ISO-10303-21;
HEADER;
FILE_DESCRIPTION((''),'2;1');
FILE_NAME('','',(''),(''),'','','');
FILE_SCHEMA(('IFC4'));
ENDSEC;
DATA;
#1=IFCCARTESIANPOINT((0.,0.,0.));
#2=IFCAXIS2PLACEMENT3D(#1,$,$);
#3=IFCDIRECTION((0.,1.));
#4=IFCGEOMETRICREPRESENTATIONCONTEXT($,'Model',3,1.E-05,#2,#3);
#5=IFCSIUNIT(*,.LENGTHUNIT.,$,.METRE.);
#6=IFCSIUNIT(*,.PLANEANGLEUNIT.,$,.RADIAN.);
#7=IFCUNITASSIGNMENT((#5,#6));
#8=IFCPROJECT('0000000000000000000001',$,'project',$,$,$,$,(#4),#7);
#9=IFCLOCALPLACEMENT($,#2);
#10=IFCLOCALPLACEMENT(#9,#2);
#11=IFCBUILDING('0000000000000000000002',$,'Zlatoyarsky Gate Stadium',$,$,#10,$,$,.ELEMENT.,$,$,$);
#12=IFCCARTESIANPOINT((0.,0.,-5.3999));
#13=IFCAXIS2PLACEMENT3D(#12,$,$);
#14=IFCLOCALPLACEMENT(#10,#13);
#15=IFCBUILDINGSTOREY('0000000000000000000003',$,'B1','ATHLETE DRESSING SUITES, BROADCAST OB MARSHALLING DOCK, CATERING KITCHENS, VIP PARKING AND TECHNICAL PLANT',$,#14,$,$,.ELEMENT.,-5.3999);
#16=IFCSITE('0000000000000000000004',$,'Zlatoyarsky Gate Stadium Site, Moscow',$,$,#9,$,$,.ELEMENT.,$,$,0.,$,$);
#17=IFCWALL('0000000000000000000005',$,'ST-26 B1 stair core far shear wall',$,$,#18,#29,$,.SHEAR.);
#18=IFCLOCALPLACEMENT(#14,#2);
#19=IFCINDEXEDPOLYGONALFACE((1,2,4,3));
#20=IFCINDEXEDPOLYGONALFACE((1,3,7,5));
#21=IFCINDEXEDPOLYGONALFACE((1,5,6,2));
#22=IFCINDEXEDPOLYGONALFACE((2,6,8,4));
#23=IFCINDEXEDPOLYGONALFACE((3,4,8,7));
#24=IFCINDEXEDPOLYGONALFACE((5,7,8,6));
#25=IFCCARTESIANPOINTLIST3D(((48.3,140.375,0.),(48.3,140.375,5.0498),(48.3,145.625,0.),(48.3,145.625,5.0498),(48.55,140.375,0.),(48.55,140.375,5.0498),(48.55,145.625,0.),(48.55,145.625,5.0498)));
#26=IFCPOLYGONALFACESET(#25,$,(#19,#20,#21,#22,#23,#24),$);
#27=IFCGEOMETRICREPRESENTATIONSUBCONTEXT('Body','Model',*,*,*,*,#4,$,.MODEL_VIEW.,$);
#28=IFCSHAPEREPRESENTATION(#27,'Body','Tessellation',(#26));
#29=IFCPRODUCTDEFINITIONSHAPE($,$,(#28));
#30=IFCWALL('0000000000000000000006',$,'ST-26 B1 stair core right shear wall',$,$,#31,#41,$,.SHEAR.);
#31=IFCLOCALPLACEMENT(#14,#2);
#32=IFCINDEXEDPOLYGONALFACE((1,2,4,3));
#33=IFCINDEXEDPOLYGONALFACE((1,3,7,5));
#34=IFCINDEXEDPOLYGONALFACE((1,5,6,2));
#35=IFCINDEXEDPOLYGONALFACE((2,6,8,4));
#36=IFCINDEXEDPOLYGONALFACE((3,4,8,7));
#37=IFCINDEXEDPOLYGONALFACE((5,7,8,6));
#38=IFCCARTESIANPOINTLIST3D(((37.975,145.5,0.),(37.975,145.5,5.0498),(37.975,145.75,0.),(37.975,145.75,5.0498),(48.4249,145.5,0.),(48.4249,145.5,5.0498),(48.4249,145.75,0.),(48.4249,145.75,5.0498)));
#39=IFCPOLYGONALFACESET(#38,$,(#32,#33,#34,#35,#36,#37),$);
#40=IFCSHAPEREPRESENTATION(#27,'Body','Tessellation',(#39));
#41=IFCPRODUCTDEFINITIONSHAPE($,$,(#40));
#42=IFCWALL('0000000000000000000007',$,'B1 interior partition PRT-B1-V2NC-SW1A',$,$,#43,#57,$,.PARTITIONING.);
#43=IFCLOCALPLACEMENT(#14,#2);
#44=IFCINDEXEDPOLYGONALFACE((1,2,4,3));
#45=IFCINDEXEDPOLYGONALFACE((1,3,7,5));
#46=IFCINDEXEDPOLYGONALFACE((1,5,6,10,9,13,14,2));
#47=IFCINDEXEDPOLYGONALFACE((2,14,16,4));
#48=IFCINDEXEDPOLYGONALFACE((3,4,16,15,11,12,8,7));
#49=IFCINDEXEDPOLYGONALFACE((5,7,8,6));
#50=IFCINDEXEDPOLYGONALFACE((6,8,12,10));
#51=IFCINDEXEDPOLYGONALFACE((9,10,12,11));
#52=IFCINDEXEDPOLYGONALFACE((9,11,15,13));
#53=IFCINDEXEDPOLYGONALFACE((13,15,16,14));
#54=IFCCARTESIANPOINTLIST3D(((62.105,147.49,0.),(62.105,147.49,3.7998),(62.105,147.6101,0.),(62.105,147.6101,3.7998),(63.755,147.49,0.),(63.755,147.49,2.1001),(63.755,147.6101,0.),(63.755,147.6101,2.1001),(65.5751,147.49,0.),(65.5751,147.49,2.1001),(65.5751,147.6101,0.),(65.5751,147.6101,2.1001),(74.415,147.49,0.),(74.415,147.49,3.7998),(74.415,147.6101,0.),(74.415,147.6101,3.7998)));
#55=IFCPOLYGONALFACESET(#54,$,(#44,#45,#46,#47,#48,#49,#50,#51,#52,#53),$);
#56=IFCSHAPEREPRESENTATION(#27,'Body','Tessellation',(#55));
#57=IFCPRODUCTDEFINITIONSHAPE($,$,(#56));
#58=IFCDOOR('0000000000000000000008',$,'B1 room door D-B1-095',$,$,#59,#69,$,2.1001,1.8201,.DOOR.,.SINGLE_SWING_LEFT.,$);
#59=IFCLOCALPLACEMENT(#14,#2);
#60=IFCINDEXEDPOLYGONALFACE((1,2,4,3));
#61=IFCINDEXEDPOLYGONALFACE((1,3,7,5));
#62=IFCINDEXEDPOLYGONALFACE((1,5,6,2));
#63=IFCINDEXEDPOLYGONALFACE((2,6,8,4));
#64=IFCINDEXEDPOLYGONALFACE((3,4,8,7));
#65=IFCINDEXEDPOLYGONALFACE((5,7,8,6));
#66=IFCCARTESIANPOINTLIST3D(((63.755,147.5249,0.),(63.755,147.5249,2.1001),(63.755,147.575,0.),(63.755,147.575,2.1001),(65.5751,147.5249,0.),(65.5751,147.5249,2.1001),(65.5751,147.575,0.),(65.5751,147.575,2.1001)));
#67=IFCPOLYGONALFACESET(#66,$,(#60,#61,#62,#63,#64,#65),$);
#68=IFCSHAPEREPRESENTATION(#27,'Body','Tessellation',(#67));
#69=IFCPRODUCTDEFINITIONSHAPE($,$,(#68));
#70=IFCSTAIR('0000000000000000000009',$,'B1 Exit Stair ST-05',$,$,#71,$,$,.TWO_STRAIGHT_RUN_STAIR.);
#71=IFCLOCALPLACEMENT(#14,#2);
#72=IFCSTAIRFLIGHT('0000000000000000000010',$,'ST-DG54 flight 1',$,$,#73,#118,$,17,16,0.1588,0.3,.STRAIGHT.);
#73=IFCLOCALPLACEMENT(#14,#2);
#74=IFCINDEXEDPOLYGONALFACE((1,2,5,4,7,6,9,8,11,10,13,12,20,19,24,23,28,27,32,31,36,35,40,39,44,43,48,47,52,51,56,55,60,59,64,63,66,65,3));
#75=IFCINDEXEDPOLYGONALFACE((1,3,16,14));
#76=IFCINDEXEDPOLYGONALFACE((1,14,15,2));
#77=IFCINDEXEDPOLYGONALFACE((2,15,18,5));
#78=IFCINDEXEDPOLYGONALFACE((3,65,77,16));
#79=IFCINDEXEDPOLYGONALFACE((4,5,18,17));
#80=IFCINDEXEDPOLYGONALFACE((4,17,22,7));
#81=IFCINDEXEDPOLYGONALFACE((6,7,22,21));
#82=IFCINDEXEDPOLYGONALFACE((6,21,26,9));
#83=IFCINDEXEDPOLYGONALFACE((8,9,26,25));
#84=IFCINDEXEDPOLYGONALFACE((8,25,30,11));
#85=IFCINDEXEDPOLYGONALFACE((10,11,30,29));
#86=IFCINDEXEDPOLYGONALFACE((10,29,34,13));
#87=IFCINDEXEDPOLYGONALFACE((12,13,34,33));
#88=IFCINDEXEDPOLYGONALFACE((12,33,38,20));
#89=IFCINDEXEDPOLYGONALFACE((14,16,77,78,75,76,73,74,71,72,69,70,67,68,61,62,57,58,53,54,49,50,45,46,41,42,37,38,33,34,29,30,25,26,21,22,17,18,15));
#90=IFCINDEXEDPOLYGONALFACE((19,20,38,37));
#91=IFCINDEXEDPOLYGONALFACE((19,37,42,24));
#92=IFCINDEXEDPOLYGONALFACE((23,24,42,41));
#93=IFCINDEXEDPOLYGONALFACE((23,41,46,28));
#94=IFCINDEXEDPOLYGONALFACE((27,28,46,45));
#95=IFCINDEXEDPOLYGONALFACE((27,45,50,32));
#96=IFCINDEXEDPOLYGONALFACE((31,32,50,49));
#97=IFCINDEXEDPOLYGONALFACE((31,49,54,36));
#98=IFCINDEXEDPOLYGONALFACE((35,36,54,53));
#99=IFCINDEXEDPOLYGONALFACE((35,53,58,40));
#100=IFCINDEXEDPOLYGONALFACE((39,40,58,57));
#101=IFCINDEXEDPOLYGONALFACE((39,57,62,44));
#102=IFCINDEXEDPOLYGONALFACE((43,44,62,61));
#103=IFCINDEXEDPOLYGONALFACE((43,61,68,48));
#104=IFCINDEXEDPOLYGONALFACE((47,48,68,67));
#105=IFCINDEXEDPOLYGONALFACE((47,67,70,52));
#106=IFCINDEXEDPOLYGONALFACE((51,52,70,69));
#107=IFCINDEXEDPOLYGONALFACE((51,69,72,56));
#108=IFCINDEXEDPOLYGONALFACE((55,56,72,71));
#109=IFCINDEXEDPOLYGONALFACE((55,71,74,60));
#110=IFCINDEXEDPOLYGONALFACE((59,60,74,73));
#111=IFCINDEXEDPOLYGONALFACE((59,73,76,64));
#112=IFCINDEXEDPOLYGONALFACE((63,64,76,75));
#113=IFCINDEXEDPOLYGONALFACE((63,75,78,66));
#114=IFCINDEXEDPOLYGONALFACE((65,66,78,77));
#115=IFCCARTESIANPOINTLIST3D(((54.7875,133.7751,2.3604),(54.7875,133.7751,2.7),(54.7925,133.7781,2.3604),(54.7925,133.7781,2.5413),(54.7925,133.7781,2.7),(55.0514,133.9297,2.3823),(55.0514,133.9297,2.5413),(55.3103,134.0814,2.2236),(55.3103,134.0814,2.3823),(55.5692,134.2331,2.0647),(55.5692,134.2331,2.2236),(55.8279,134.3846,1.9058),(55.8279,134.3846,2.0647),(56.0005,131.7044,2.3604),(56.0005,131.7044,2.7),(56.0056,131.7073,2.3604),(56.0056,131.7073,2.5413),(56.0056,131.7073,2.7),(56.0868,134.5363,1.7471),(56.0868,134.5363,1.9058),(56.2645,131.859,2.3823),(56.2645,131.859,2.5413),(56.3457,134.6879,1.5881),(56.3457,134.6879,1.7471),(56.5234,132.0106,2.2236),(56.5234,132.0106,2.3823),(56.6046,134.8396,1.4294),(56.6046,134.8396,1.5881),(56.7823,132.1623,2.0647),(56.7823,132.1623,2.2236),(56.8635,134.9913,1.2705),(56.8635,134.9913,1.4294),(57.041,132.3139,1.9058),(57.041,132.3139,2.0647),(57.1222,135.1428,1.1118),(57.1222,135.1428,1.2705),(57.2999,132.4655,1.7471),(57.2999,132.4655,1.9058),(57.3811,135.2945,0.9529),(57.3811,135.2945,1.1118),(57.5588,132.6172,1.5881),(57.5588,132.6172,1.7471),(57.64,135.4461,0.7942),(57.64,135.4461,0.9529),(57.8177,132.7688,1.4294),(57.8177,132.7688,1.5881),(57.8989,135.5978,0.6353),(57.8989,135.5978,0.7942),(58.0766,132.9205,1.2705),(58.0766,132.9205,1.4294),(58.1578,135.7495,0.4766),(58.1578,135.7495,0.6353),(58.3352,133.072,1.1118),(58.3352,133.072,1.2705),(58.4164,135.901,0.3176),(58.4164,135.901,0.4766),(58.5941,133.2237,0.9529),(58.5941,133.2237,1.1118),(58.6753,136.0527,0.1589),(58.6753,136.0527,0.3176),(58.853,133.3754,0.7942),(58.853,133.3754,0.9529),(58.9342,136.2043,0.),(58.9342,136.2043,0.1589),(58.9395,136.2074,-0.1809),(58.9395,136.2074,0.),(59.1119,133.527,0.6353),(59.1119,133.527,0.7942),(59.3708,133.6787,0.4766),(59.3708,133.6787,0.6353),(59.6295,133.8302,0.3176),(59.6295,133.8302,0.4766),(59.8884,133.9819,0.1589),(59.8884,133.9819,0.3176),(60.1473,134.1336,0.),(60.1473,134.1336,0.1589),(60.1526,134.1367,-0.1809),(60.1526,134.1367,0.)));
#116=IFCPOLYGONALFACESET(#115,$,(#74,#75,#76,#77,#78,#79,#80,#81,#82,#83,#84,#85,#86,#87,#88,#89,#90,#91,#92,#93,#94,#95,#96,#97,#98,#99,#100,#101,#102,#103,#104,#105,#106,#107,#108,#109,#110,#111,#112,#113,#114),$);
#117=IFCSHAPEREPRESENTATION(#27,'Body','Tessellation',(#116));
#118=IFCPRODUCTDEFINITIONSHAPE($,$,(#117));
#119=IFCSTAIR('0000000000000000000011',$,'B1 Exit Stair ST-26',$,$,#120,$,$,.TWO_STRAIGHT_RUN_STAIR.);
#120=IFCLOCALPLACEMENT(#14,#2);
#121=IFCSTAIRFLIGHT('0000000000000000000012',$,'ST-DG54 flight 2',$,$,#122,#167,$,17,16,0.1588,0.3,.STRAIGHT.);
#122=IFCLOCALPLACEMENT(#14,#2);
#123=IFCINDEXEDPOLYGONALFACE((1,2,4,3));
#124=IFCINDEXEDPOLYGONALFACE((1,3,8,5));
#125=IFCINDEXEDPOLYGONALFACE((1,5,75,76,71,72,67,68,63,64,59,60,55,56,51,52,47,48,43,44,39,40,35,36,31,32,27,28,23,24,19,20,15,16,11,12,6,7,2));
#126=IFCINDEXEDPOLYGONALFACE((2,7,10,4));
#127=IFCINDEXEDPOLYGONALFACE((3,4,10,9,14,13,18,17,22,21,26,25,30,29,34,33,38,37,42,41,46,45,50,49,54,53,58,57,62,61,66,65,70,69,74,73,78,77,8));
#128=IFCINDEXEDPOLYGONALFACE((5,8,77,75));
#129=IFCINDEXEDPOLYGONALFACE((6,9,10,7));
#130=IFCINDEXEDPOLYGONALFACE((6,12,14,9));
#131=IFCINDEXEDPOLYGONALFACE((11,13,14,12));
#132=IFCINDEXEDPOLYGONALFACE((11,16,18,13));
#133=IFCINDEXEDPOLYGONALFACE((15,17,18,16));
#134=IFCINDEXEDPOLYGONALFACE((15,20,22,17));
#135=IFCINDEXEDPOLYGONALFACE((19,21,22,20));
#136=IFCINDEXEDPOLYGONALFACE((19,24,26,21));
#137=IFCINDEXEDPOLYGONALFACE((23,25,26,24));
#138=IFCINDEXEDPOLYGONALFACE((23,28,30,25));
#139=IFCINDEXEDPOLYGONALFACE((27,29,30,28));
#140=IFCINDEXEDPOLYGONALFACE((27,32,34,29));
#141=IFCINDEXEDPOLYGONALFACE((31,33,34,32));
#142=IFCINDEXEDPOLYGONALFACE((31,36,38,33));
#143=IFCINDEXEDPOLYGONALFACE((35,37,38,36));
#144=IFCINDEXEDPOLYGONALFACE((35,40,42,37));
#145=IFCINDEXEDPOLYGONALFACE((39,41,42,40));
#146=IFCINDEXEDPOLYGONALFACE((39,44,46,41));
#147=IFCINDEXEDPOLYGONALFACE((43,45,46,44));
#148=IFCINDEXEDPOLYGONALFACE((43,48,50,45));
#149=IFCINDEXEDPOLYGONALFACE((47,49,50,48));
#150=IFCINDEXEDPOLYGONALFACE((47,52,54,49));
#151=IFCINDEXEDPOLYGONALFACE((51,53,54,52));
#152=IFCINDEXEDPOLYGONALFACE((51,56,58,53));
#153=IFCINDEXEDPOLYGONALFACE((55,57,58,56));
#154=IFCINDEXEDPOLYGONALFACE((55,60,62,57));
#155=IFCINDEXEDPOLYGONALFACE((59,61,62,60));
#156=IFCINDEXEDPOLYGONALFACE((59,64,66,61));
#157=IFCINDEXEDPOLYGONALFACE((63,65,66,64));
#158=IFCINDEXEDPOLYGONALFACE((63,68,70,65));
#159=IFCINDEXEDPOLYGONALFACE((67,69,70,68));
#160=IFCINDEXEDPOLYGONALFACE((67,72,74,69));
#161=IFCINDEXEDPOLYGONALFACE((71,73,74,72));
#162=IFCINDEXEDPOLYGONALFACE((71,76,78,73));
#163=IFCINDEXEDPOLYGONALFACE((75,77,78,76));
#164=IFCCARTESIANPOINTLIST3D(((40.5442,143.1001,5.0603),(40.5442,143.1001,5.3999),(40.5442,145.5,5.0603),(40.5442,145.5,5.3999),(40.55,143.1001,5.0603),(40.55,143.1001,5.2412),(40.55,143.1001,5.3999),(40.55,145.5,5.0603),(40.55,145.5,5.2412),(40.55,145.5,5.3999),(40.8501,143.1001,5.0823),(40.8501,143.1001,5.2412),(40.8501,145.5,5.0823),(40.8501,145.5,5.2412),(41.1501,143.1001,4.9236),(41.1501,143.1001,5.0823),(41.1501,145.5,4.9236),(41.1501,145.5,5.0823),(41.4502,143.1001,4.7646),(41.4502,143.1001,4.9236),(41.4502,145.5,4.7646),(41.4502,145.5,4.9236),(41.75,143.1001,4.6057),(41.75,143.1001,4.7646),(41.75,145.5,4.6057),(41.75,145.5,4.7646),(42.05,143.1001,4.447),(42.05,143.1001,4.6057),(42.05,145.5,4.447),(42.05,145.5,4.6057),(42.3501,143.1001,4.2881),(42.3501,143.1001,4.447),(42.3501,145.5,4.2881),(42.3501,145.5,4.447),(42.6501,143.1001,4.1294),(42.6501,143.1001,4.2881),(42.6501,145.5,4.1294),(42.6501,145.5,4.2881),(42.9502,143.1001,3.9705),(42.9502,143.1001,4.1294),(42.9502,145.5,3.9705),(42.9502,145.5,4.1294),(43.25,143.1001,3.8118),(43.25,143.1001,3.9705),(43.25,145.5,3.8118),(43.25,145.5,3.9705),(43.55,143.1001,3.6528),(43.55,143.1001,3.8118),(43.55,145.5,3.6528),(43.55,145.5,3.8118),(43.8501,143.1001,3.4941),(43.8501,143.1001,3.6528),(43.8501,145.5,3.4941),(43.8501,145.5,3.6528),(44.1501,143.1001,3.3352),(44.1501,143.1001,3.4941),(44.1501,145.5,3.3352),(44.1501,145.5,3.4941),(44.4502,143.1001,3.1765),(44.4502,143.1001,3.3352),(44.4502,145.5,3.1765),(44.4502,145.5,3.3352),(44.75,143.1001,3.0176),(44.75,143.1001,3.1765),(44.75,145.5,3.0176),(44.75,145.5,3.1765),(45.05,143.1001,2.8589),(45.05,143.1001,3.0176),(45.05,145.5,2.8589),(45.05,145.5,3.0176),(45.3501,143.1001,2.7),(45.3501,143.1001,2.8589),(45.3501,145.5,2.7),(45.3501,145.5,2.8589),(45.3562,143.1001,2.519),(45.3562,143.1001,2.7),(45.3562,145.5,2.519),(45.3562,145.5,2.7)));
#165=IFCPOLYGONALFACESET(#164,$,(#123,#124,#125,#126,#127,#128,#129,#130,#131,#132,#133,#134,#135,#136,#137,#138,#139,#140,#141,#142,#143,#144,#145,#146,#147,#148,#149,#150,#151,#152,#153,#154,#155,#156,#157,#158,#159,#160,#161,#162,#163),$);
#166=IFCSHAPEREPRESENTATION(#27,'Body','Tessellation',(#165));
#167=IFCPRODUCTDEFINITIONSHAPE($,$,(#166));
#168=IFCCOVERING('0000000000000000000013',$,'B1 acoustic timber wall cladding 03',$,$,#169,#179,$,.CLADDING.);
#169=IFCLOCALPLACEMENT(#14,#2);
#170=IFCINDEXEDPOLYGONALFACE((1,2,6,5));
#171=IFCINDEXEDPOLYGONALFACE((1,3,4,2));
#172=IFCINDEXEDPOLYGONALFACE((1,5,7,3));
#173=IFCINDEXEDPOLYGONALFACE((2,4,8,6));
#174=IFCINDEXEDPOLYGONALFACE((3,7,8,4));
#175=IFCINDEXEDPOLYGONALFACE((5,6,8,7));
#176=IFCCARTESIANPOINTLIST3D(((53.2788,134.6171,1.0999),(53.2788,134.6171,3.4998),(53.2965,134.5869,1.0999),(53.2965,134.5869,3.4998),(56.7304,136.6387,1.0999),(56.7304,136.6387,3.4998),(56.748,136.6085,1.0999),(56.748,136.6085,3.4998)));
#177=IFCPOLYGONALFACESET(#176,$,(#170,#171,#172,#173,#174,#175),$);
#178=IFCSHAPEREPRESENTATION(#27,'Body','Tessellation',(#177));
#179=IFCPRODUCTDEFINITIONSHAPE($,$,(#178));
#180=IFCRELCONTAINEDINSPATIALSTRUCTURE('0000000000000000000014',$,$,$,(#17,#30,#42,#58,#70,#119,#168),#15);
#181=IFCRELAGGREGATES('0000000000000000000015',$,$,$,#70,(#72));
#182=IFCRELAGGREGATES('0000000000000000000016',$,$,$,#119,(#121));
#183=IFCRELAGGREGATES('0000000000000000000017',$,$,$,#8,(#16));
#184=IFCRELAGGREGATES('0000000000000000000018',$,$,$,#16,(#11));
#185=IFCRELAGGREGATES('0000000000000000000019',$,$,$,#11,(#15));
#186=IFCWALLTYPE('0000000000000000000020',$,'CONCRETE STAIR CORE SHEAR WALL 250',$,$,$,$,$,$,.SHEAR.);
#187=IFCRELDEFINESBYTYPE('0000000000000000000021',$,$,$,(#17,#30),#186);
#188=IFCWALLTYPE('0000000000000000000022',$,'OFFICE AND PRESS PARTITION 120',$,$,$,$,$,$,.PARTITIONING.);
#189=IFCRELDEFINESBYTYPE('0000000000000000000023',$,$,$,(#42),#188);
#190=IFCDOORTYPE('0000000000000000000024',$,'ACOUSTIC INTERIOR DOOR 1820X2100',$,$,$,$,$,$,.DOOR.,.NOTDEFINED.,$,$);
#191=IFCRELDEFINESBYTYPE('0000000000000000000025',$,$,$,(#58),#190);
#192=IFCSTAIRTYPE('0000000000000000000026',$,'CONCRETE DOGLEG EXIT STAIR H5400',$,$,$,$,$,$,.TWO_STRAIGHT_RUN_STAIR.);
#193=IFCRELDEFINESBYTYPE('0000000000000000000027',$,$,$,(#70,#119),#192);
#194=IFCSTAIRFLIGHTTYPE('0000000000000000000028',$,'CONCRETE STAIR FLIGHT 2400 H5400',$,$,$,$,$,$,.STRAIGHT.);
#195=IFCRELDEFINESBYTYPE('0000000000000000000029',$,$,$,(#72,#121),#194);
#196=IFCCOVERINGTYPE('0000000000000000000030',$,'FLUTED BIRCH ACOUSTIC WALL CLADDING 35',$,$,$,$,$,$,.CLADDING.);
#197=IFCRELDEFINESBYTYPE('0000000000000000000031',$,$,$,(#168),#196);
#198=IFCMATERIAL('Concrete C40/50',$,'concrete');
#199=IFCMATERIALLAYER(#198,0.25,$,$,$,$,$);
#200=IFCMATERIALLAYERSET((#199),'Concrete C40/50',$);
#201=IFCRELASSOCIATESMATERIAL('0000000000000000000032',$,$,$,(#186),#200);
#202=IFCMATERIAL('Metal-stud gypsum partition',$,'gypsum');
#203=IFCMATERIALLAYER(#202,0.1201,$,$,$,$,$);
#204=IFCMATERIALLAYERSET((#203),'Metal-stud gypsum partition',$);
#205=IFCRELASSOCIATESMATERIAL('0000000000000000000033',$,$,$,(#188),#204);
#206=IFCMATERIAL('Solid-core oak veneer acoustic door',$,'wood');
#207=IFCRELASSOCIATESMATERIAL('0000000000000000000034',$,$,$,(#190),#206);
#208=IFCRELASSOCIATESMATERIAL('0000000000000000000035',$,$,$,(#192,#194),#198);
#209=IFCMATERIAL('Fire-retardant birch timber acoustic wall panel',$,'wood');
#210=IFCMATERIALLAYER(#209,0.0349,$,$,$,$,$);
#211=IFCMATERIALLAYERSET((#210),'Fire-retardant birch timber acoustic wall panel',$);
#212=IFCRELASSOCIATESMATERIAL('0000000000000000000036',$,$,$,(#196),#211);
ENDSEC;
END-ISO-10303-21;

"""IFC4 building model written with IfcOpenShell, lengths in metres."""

from ifc_helpers import new_model, si_unit, direction, frame, frame_2d, origin, origin_2d, place, context, subcontext, project, spatial, polyline, rectangle, outline, extrude, material, layer, layer_set, type_object, element, fill, aggregate, save


model = new_model("IFC4")

# Units and contexts
model_context = context("Model", 3, precision=1e-05, world=origin(), true_north=direction((0.0, 1.0)))
body_context = subcontext(model_context, "Body", "Model", "MODEL_VIEW")
ifc_project = project(units=[si_unit("LENGTHUNIT", "METRE"), si_unit("PLANEANGLEUNIT", "RADIAN")], contexts=[model_context])

# Site, building, storey
site_placement = place(None, origin())
site = spatial("IfcSite", under=ifc_project, at=site_placement, Name="Zlatoyarsky Gate Stadium Site, Moscow", CompositionType="ELEMENT", RefElevation=0.0)
building_placement = place(site_placement, origin())
building = spatial("IfcBuilding", under=site, at=building_placement, Name="Zlatoyarsky Gate Stadium", CompositionType="ELEMENT")
storey_placement = place(building_placement, frame((0.0, 0.0, -5.3999)))
storey = spatial("IfcBuildingStorey", under=building, at=storey_placement, Name="B1", Description="ATHLETE DRESSING SUITES, BROADCAST OB MARSHALLING DOCK, CATERING KITCHENS, VIP PARKING AND TECHNICAL PLANT", CompositionType="ELEMENT", Elevation=-5.3999)

# Shared definitions
ifc_material_1 = material(Name="Concrete C40/50", Category="concrete")

# Walls
ifc_layer_1 = layer(ifc_material_1, 0.25)
ifc_layer_set_1 = layer_set([ifc_layer_1], Name="Concrete C40/50")
wall_type_1 = type_object("IfcWallType", Name="CONCRETE STAIR CORE SHEAR WALL 250", PredefinedType="SHEAR", material=ifc_layer_set_1)
wall_1_placement = place(storey_placement, frame((48.425, 140.375, 0.0), z_axis=(0.0, 0.0, 1.0), x_axis=(0.0, 1.0, 0.0)))
element("IfcWall", 1, at=wall_1_placement, inside=storey, type_object=wall_type_1, Name="ST-26 B1 stair core far shear wall", PredefinedType="SHEAR", context=body_context, shape_type="SweptSolid", body=[
    extrude(rectangle(XDim=5.25, YDim=0.25, at=frame_2d((2.625, 0.0))), origin(), (0.0, 0.0, 1.0), 5.0498),
])
wall_2_placement = place(storey_placement, frame((48.425, 145.625, 0.0), z_axis=(0.0, 0.0, 1.0), x_axis=(-1.0, 0.0, 0.0)))
element("IfcWall", 2, at=wall_2_placement, inside=storey, type_object=wall_type_1, Name="ST-26 B1 stair core right shear wall", PredefinedType="SHEAR", context=body_context, shape_type="SweptSolid", body=[
    extrude(rectangle(XDim=10.45, YDim=0.25, at=frame_2d((5.2251, 0.0))), origin(), (0.0, 0.0, 1.0), 5.0498),
])

# Wall, opening, door
ifc_material_2 = material(Name="Metal-stud gypsum partition", Category="gypsum")
ifc_layer_2 = layer(ifc_material_2, 0.1201)
ifc_layer_set_2 = layer_set([ifc_layer_2], Name="Metal-stud gypsum partition")
wall_type_2 = type_object("IfcWallType", Name="OFFICE AND PRESS PARTITION 120", PredefinedType="PARTITIONING", material=ifc_layer_set_2)
wall_3_placement = place(storey_placement, frame((62.105, 147.55, 0.0), z_axis=(0.0, 0.0, 1.0), x_axis=(1.0, 0.0, 0.0)))
wall_3 = element("IfcWall", 3, at=wall_3_placement, inside=storey, type_object=wall_type_2, Name="B1 interior partition PRT-B1-V2NC-SW1A", PredefinedType="PARTITIONING", context=body_context, shape_type="SweptSolid", body=[
    extrude(rectangle(XDim=12.3101, YDim=0.1201, at=frame_2d((6.155, 0.0))), origin(), (0.0, 0.0, 1.0), 3.7998),
])
opening_placement = place(wall_3_placement, frame((1.6499, 0.0, 0.0)))
opening = element("IfcOpeningElement", 4, at=opening_placement, cuts=wall_3, PredefinedType="OPENING", context=body_context, shape_type="SweptSolid", body=[
    extrude(rectangle(XDim=1.8201, YDim=2.1001, at=frame_2d((0.9102, 1.05))), frame((0.0, 0.0701, 0.0), z_axis=(0.0, -1.0, 0.0), x_axis=(1.0, 0.0, 0.0)), (0.0, 0.0, 1.0), 0.1401),
])
ifc_material_3 = material(Name="Solid-core oak veneer acoustic door", Category="wood")
door_type = type_object("IfcDoorType", Name="ACOUSTIC INTERIOR DOOR 1820X2100", OperationType="NOTDEFINED", PredefinedType="DOOR", material=ifc_material_3)
door_placement = place(opening_placement, origin())
door = element("IfcDoor", 5, at=door_placement, inside=storey, type_object=door_type, Name="B1 room door D-B1-095", OperationType="SINGLE_SWING_LEFT", OverallHeight=2.1001, OverallWidth=1.8201, PredefinedType="DOOR", context=body_context, shape_type="SweptSolid", body=[
    extrude(rectangle(XDim=1.8201, YDim=2.1001, at=frame_2d((0.9102, 1.05))), frame((0.0, 0.0249, 0.0), z_axis=(0.0, -1.0, 0.0), x_axis=(1.0, 0.0, 0.0)), (0.0, 0.0, 1.0), 0.05),
])
fill(opening, door)

# Stairs, stair flights
stair_type = type_object("IfcStairType", Name="CONCRETE DOGLEG EXIT STAIR H5400", PredefinedType="TWO_STRAIGHT_RUN_STAIR", material=ifc_material_1)
stair_1_placement = place(storey_placement, origin())
stair_1 = element("IfcStair", 6, at=stair_1_placement, inside=storey, type_object=stair_type, Name="B1 Exit Stair ST-05", PredefinedType="TWO_STRAIGHT_RUN_STAIR")
stair_flight_type = type_object("IfcStairFlightType", Name="CONCRETE STAIR FLIGHT 2400 H5400", PredefinedType="STRAIGHT", material=ifc_material_1)
stair_flight_1_placement = place(storey_placement, frame((59.5408, 135.1689, 0.0), z_axis=(0.0, 0.0, 1.0), x_axis=(-0.862848, -0.505463, 0.0)))
stair_flight_1 = element("IfcStairFlight", 7, at=stair_flight_1_placement, type_object=stair_flight_type, Name="ST-DG54 flight 1", NumberOfRisers=17, NumberOfTreads=16, PredefinedType="STRAIGHT", RiserHeight=0.1588, TreadLength=0.3, context=body_context, shape_type="SweptSolid", body=[
    extrude(outline(polyline([(-0.0061, -0.1809), (-0.0061, 0.0), (0.0, 0.0), (0.0, 0.1589), (0.3, 0.1589), (0.3, 0.3176), (0.6001, 0.3176), (0.6001, 0.4766), (0.8999, 0.4766), (0.8999, 0.6353), (1.2, 0.6353), (1.2, 0.7942), (1.5, 0.7942), (1.5, 0.9529), (1.8, 0.9529), (1.8, 1.1118), (2.1001, 1.1118), (2.1001, 1.2705), (2.3999, 1.2705), (2.3999, 1.4294), (2.7, 1.4294), (2.7, 1.5881), (3.0, 1.5881), (3.0, 1.7471), (3.3, 1.7471), (3.3, 1.9058), (3.6001, 1.9058), (3.6001, 2.0647), (3.8999, 2.0647), (3.8999, 2.2236), (4.2, 2.2236), (4.2, 2.3823), (4.5, 2.3823), (4.5, 2.5413), (4.8, 2.5413), (4.8, 2.7), (4.8059, 2.7), (4.8059, 2.3604), (4.8, 2.3604), (-0.0061, -0.1809)])), frame((0.0, 1.2, 0.0), z_axis=(0.0, -1.0, 0.0), x_axis=(1.0, 0.0, 0.0)), (0.0, 0.0, 1.0), 2.3999),
])
aggregate(stair_1, [stair_flight_1])
stair_2_placement = place(storey_placement, origin())
stair_2 = element("IfcStair", 8, at=stair_2_placement, inside=storey, type_object=stair_type, Name="B1 Exit Stair ST-26", PredefinedType="TWO_STRAIGHT_RUN_STAIR")
stair_flight_2_placement = place(storey_placement, frame((45.3501, 144.3, 2.7), z_axis=(0.0, 0.0, 1.0), x_axis=(-1.0, 0.0, 0.0)))
stair_flight_2 = element("IfcStairFlight", 9, at=stair_flight_2_placement, type_object=stair_flight_type, Name="ST-DG54 flight 2", NumberOfRisers=17, NumberOfTreads=16, PredefinedType="STRAIGHT", RiserHeight=0.1588, TreadLength=0.3, context=body_context, shape_type="SweptSolid", body=[
    extrude(outline(polyline([(-0.0061, -0.1809), (-0.0061, 0.0), (0.0, 0.0), (0.0, 0.1589), (0.3, 0.1589), (0.3, 0.3176), (0.6001, 0.3176), (0.6001, 0.4766), (0.8999, 0.4766), (0.8999, 0.6353), (1.2, 0.6353), (1.2, 0.7942), (1.5, 0.7942), (1.5, 0.9529), (1.8, 0.9529), (1.8, 1.1118), (2.1001, 1.1118), (2.1001, 1.2705), (2.3999, 1.2705), (2.3999, 1.4294), (2.7, 1.4294), (2.7, 1.5881), (3.0, 1.5881), (3.0, 1.7471), (3.3, 1.7471), (3.3, 1.9058), (3.6001, 1.9058), (3.6001, 2.0647), (3.8999, 2.0647), (3.8999, 2.2236), (4.2, 2.2236), (4.2, 2.3823), (4.5, 2.3823), (4.5, 2.5413), (4.8, 2.5413), (4.8, 2.7), (4.8059, 2.7), (4.8059, 2.3604), (4.8, 2.3604), (-0.0061, -0.1809)])), frame((0.0, 1.2, 0.0), z_axis=(0.0, -1.0, 0.0), x_axis=(1.0, 0.0, 0.0)), (0.0, 0.0, 1.0), 2.3999),
])
aggregate(stair_2, [stair_flight_2])

# Covering
ifc_material_4 = material(Name="Fire-retardant birch timber acoustic wall panel", Category="wood")
ifc_layer_3 = layer(ifc_material_4, 0.0349)
ifc_layer_set_3 = layer_set([ifc_layer_3], Name="Fire-retardant birch timber acoustic wall panel")
covering_type = type_object("IfcCoveringType", Name="FLUTED BIRCH ACOUSTIC WALL CLADDING 35", PredefinedType="CLADDING", material=ifc_layer_set_3)
covering_placement = place(storey_placement, frame((55.0134, 135.6128, 1.0999), z_axis=(0.0, 0.0, 1.0), x_axis=(-0.862885, -0.505401, 0.0)))
element("IfcCovering", 10, at=covering_placement, inside=storey, type_object=covering_type, Name="B1 acoustic timber wall cladding 03", PredefinedType="CLADDING", context=body_context, shape_type="SweptSolid", body=[
    extrude(rectangle(XDim=4.0, YDim=0.0349, at=origin_2d()), origin(), (0.0, 0.0, 1.0), 2.3999),
])

save(model, "model.ifc")
